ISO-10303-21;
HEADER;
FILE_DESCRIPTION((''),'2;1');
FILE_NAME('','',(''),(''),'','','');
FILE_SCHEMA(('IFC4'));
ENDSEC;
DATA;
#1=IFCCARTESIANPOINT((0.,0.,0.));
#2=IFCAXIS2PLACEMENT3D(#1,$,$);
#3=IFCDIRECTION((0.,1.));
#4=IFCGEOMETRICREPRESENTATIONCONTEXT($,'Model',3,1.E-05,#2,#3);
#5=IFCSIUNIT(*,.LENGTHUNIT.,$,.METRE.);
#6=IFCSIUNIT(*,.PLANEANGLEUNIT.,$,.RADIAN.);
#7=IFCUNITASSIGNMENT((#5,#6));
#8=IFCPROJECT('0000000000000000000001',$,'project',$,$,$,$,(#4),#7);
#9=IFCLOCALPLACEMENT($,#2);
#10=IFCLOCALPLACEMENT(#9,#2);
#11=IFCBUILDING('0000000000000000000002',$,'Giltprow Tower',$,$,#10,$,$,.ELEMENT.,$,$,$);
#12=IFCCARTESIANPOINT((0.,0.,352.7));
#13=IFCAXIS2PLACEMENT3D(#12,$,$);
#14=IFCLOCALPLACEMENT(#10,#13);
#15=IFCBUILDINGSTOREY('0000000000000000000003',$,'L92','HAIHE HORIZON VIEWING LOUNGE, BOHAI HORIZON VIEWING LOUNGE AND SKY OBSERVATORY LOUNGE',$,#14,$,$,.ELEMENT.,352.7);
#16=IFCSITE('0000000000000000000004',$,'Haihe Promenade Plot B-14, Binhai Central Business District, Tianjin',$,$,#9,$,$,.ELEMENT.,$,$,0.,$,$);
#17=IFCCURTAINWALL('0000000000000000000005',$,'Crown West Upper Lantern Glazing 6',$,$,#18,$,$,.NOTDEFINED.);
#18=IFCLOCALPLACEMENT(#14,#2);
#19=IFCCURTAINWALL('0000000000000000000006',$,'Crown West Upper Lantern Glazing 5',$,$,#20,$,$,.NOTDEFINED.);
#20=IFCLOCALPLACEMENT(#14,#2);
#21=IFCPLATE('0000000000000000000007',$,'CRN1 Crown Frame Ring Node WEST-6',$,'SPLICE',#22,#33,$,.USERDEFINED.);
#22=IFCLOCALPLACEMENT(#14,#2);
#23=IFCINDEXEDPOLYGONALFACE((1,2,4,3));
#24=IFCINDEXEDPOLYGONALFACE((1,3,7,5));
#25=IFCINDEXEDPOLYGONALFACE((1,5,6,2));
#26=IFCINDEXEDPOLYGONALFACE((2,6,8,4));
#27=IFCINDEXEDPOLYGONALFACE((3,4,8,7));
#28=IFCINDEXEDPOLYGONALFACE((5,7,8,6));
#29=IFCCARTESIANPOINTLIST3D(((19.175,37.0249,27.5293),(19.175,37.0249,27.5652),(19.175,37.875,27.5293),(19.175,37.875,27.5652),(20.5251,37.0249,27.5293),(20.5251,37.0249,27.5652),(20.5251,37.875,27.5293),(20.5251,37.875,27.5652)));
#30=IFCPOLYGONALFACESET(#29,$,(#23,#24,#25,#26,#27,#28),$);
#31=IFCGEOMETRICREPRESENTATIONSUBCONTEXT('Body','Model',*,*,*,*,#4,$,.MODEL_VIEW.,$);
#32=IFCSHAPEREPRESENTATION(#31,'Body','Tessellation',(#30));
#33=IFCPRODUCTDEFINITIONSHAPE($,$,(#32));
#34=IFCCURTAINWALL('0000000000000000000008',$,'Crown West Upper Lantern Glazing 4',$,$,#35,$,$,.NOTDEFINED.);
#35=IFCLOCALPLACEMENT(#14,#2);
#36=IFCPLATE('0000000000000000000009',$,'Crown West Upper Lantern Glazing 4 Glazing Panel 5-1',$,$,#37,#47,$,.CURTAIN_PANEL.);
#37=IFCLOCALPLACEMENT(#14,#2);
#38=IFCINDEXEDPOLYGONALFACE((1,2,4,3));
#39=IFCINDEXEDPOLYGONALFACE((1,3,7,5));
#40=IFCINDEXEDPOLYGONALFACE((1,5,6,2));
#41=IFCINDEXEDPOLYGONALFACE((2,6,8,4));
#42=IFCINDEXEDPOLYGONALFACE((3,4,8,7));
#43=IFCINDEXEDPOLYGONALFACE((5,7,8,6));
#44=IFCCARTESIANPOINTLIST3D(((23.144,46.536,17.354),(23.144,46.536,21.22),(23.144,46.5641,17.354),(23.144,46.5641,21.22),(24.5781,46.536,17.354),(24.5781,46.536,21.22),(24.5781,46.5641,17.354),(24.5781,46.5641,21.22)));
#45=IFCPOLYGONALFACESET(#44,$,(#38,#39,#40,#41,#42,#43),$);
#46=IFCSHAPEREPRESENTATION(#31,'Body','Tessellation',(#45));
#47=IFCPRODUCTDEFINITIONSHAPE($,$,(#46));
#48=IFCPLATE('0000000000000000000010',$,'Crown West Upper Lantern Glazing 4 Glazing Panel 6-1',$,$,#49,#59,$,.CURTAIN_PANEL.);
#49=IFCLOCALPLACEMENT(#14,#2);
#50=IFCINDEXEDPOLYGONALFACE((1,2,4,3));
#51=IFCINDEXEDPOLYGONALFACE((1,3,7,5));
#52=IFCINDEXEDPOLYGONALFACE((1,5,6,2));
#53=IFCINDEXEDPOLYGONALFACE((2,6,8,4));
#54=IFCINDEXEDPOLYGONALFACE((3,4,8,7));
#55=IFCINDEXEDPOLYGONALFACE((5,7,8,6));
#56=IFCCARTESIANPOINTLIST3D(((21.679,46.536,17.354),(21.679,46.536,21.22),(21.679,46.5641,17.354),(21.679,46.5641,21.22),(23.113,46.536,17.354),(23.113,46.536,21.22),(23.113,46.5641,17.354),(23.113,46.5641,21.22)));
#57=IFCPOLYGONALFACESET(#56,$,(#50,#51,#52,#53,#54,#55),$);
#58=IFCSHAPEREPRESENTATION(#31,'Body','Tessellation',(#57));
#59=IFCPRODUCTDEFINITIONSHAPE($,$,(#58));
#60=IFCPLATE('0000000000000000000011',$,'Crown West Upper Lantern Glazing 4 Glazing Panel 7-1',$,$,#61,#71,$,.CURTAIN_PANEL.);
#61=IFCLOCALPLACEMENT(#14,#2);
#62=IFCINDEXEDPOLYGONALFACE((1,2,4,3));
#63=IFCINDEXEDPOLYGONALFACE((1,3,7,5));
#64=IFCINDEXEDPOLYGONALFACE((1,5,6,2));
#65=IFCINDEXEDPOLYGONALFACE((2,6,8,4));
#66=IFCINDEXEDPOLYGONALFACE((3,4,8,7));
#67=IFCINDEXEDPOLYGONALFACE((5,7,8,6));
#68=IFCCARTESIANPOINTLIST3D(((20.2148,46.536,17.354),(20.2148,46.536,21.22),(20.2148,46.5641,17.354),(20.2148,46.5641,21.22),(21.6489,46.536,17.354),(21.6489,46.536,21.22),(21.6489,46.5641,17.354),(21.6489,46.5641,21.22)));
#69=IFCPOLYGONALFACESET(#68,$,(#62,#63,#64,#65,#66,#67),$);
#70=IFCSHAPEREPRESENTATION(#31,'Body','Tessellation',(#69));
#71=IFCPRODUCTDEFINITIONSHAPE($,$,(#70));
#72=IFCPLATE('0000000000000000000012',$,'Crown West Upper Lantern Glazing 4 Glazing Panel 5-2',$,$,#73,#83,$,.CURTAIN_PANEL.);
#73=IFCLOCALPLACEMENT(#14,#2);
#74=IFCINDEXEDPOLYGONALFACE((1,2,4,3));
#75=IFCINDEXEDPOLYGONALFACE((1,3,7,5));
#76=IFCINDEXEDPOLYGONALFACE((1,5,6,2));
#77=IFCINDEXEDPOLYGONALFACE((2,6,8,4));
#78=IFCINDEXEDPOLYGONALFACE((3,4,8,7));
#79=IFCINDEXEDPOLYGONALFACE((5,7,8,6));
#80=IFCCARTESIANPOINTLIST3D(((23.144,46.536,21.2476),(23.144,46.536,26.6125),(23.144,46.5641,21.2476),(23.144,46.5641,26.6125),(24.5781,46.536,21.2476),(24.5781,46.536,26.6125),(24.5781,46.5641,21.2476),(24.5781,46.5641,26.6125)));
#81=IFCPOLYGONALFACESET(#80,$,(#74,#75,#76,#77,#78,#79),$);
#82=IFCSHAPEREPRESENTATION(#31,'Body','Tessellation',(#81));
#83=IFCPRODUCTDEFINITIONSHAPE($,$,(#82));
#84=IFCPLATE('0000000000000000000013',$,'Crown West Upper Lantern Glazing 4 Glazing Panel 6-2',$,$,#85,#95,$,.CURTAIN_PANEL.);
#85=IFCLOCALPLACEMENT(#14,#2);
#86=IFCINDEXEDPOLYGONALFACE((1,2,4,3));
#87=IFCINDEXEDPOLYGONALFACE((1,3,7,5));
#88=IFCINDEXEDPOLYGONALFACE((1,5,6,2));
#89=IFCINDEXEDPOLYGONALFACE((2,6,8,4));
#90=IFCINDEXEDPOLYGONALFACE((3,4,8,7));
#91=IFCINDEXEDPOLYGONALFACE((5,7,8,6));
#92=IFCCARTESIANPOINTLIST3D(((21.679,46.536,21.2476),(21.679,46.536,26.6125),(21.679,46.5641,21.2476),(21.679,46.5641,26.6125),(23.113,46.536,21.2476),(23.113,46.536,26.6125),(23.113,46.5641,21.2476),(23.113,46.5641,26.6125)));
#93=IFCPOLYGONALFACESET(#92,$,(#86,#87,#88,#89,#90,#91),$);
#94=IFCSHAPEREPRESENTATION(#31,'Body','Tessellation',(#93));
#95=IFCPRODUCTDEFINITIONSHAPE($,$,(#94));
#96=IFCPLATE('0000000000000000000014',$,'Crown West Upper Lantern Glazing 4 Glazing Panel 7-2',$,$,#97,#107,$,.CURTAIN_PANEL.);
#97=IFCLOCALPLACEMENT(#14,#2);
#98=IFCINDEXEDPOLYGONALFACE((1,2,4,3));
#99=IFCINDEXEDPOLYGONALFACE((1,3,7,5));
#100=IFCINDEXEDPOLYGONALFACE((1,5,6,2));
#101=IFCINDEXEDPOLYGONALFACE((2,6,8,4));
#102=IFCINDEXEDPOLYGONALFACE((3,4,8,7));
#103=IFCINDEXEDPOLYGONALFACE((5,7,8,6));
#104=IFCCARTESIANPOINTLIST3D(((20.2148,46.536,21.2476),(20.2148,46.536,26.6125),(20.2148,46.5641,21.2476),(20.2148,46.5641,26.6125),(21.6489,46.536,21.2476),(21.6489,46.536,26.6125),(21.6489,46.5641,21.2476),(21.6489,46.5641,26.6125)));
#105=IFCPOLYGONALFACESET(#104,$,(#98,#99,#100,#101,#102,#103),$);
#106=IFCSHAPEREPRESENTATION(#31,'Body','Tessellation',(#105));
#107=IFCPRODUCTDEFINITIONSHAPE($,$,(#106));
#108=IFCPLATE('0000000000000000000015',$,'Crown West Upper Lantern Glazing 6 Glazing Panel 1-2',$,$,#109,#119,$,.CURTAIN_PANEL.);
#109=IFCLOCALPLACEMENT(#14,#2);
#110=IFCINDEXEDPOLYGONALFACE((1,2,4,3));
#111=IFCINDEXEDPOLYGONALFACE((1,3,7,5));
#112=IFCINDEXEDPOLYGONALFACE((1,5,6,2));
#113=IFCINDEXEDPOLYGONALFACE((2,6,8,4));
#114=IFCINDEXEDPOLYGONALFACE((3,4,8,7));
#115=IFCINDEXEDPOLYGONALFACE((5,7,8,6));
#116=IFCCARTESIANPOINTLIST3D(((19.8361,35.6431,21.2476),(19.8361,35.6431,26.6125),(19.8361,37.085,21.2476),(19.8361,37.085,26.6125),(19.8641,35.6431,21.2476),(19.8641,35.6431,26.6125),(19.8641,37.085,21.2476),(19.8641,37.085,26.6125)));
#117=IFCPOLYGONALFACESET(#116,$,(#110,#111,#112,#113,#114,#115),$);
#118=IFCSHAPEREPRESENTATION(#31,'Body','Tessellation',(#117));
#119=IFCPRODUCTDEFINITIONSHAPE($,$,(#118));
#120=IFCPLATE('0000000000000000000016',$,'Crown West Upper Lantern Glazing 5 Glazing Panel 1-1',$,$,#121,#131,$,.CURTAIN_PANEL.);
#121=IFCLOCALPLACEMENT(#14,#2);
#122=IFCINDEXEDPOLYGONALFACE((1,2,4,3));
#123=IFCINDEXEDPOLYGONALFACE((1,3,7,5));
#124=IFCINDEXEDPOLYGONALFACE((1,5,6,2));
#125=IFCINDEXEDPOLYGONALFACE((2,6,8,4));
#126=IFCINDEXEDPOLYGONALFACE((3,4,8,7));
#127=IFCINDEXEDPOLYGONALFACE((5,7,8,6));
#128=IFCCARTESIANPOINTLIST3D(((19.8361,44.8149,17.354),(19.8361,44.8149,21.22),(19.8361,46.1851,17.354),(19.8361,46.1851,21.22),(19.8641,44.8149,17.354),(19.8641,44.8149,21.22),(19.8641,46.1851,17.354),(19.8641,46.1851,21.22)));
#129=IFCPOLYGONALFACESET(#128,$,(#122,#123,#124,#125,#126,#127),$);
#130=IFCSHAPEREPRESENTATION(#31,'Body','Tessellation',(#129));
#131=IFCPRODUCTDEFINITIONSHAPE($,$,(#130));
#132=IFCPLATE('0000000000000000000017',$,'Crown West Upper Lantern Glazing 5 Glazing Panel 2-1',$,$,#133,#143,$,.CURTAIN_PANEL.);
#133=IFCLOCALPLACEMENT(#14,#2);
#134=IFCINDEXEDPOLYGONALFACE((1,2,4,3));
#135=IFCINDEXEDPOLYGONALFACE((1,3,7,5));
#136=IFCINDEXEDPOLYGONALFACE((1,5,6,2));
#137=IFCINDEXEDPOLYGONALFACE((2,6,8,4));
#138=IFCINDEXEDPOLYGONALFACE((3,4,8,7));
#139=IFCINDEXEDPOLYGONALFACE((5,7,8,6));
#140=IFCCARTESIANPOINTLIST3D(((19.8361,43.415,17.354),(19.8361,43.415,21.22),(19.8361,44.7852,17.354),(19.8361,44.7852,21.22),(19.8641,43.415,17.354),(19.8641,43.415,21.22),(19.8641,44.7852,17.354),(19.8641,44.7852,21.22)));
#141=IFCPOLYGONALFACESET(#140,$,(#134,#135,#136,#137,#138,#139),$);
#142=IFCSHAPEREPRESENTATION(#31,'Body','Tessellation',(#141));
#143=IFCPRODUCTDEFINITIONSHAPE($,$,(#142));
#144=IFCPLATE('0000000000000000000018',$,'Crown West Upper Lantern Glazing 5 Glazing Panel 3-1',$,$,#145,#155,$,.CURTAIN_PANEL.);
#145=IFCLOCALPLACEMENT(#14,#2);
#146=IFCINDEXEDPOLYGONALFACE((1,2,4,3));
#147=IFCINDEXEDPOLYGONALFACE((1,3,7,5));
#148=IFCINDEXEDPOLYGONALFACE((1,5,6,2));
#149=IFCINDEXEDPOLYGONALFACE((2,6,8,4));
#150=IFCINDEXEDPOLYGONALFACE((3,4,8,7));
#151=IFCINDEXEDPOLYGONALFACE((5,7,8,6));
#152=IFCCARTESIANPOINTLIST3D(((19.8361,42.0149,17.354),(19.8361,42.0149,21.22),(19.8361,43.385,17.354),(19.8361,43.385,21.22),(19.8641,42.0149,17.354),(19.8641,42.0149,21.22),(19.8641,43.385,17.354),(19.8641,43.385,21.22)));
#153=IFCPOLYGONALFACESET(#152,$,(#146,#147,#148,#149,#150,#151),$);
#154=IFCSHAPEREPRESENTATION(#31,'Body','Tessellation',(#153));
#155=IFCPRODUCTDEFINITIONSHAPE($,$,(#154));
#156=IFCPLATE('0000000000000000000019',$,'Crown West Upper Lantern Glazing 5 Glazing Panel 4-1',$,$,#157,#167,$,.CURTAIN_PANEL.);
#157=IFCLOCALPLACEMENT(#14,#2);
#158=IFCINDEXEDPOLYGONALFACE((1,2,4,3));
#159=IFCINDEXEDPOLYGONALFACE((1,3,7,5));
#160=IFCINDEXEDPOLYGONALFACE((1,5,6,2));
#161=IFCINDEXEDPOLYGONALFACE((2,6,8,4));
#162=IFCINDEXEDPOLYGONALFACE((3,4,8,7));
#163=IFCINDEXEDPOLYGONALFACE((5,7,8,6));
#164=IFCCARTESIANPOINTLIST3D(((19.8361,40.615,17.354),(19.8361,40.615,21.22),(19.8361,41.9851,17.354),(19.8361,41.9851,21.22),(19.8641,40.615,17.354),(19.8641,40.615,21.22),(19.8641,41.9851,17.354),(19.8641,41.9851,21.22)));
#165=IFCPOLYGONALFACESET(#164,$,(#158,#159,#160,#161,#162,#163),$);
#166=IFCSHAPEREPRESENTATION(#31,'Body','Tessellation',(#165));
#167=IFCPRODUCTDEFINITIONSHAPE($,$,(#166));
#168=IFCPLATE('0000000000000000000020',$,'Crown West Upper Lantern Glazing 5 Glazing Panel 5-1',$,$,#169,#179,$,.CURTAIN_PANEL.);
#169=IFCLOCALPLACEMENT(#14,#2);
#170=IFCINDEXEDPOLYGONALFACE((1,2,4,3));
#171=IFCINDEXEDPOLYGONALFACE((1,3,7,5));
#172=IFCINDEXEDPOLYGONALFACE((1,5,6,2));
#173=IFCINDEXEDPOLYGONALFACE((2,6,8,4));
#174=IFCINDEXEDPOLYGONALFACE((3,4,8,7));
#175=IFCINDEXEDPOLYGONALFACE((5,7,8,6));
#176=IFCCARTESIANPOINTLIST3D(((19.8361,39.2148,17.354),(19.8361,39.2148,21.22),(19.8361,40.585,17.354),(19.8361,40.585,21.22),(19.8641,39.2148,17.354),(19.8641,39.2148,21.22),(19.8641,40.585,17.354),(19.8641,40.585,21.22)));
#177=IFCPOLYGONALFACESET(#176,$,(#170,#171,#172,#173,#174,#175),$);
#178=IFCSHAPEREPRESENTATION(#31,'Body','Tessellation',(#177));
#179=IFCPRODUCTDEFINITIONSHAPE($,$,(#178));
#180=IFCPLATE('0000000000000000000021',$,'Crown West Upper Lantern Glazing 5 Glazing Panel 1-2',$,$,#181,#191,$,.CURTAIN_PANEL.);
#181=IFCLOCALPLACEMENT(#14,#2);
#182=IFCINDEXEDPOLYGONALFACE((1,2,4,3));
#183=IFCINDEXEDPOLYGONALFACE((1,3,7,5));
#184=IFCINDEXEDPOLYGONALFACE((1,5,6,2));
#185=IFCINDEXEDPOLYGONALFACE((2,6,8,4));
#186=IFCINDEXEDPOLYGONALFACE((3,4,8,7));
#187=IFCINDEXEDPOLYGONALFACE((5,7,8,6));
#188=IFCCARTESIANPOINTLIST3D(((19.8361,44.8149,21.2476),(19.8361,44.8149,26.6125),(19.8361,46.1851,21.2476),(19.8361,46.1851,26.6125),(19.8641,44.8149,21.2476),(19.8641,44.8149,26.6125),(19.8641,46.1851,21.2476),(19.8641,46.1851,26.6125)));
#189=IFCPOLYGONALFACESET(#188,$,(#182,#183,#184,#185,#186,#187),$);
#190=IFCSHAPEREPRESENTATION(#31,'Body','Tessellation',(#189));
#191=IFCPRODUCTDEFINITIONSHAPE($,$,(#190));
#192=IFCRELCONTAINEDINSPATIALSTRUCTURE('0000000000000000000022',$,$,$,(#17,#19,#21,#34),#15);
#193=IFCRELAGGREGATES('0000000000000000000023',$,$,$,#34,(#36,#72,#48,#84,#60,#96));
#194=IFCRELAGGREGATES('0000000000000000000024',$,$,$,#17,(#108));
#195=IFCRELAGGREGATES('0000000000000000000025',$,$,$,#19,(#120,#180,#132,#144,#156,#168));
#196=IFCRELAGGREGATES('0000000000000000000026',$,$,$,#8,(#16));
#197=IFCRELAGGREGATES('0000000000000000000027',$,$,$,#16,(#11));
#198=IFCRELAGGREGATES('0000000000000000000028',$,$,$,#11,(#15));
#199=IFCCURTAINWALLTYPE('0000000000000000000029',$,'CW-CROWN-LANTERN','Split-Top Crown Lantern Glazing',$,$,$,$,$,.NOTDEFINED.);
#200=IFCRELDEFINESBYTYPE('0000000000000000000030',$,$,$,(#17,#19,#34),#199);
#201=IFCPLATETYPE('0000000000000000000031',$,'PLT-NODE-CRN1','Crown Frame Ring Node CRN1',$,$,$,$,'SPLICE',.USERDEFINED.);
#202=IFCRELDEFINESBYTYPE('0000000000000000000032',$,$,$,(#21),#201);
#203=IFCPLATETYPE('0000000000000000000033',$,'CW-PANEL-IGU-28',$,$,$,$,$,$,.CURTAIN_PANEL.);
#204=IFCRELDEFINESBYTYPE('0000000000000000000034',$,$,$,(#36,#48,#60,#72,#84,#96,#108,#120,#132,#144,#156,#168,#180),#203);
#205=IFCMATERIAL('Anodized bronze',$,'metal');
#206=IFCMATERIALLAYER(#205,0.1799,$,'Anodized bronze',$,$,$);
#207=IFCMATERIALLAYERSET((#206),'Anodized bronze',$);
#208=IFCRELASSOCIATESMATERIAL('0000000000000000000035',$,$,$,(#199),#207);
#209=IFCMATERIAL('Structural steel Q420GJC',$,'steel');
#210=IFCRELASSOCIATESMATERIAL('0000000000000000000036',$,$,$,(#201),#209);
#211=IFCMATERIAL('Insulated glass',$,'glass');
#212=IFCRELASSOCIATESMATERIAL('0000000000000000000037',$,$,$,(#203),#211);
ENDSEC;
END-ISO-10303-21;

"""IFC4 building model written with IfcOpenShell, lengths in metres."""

from ifc_helpers import new_model, si_unit, direction, frame, origin, origin_2d, place, context, subcontext, project, spatial, rectangle, extrude, source, transform, mapped, material, layer, layer_set, type_object, element, aggregate, save


model = new_model("IFC4")

# Units and contexts
model_context = context("Model", 3, precision=1e-05, world=origin(), true_north=direction((0.0, 1.0)))
body_context = subcontext(model_context, "Body", "Model", "MODEL_VIEW")
ifc_project = project(units=[si_unit("LENGTHUNIT", "METRE"), si_unit("PLANEANGLEUNIT", "RADIAN")], contexts=[model_context])

# Site, building, storey
site_placement = place(None, origin())
site = spatial("IfcSite", under=ifc_project, at=site_placement, Name="Haihe Promenade Plot B-14, Binhai Central Business District, Tianjin", CompositionType="ELEMENT", RefElevation=0.0)
building_placement = place(site_placement, origin())
building = spatial("IfcBuilding", under=site, at=building_placement, Name="Giltprow Tower", CompositionType="ELEMENT")
storey_placement = place(building_placement, frame((0.0, 0.0, 352.7)))
storey = spatial("IfcBuildingStorey", under=building, at=storey_placement, Name="L92", Description="HAIHE HORIZON VIEWING LOUNGE, BOHAI HORIZON VIEWING LOUNGE AND SKY OBSERVATORY LOUNGE", CompositionType="ELEMENT", Elevation=352.7)

# Curtain walls
ifc_material_1 = material(Name="Anodized bronze", Category="metal")
ifc_layer = layer(ifc_material_1, 0.1799, Name="Anodized bronze")
ifc_layer_set = layer_set([ifc_layer], Name="Anodized bronze")
curtain_wall_type = type_object("IfcCurtainWallType", Name="CW-CROWN-LANTERN", Description="Split-Top Crown Lantern Glazing", PredefinedType="NOTDEFINED", material=ifc_layer_set)
curtain_wall_1_placement = place(storey_placement, origin())
curtain_wall_1 = element("IfcCurtainWall", 1, at=curtain_wall_1_placement, inside=storey, type_object=curtain_wall_type, Name="Crown West Upper Lantern Glazing 6", PredefinedType="NOTDEFINED")
curtain_wall_2_placement = place(storey_placement, origin())
curtain_wall_2 = element("IfcCurtainWall", 2, at=curtain_wall_2_placement, inside=storey, type_object=curtain_wall_type, Name="Crown West Upper Lantern Glazing 5", PredefinedType="NOTDEFINED")

# Plate
ifc_material_2 = material(Name="Structural steel Q420GJC", Category="steel")
plate_type_1 = type_object("IfcPlateType", Name="PLT-NODE-CRN1", Description="Crown Frame Ring Node CRN1", ElementType="SPLICE", PredefinedType="USERDEFINED", material=ifc_material_2)
shared_shape_1 = source(origin(), body_context, "Body", "SweptSolid", [
    extrude(rectangle(XDim=1.3501, YDim=0.8501, at=origin_2d()), origin(), (0.0, 0.0, 1.0), 0.0359),
])
for number, where, z_axis, x_axis, name in (
    (3, (19.8501, 37.45, 27.5293), (0.0, 0.0, 1.0), (1.0, 0.0, 0.0), "CRN1 Crown Frame Ring Node WEST-6"),
):
    element("IfcPlate", number, at=place(storey_placement, frame(where, z_axis=z_axis, x_axis=x_axis)), inside=storey, type_object=plate_type_1, Name=name, ObjectType="SPLICE", PredefinedType="USERDEFINED", context=body_context, shape_type="MappedRepresentation", body=[
        mapped(shared_shape_1, transform((0.0, 0.0, 0.0), x_axis=(1.0, 0.0, 0.0), y_axis=(0.0, 1.0, 0.0), z_axis=(0.0, 0.0, 1.0), scale=1.0)),
    ])

# Curtain wall, plates
curtain_wall_3_placement = place(storey_placement, origin())
curtain_wall_3 = element("IfcCurtainWall", 4, at=curtain_wall_3_placement, inside=storey, type_object=curtain_wall_type, Name="Crown West Upper Lantern Glazing 4", PredefinedType="NOTDEFINED")
ifc_material_3 = material(Name="Insulated glass", Category="glass")
plate_type_2 = type_object("IfcPlateType", Name="CW-PANEL-IGU-28", PredefinedType="CURTAIN_PANEL", material=ifc_material_3)
shared_shape_2 = source(origin(), body_context, "Body", "SweptSolid", [
    extrude(rectangle(XDim=1.4341, YDim=0.0281, at=origin_2d()), origin(), (0.0, 0.0, 1.0), 3.866),
])
plate_1_placement = place(storey_placement, frame((23.8611, 46.55, 17.354), z_axis=(0.0, 0.0, 1.0), x_axis=(-1.0, 0.0, 0.0)))
plate_1 = element("IfcPlate", 5, at=plate_1_placement, type_object=plate_type_2, Name="Crown West Upper Lantern Glazing 4 Glazing Panel 5-1", PredefinedType="CURTAIN_PANEL", context=body_context, shape_type="MappedRepresentation", body=[
    mapped(shared_shape_2, transform((0.0, 0.0, 0.0), x_axis=(1.0, 0.0, 0.0), y_axis=(0.0, 1.0, 0.0), z_axis=(0.0, 0.0, 1.0), scale=1.0)),
])
plate_2_placement = place(storey_placement, frame((22.396, 46.55, 17.354), z_axis=(0.0, 0.0, 1.0), x_axis=(-1.0, 0.0, 0.0)))
plate_2 = element("IfcPlate", 6, at=plate_2_placement, type_object=plate_type_2, Name="Crown West Upper Lantern Glazing 4 Glazing Panel 6-1", PredefinedType="CURTAIN_PANEL", context=body_context, shape_type="MappedRepresentation", body=[
    mapped(shared_shape_2, transform((0.0, 0.0, 0.0), x_axis=(1.0, 0.0, 0.0), y_axis=(0.0, 1.0, 0.0), z_axis=(0.0, 0.0, 1.0), scale=1.0)),
])
plate_3_placement = place(storey_placement, frame((20.9319, 46.55, 17.354), z_axis=(0.0, 0.0, 1.0), x_axis=(-1.0, 0.0, 0.0)))
plate_3 = element("IfcPlate", 7, at=plate_3_placement, type_object=plate_type_2, Name="Crown West Upper Lantern Glazing 4 Glazing Panel 7-1", PredefinedType="CURTAIN_PANEL", context=body_context, shape_type="MappedRepresentation", body=[
    mapped(shared_shape_2, transform((0.0, 0.0, 0.0), x_axis=(1.0, 0.0, 0.0), y_axis=(0.0, 1.0, 0.0), z_axis=(0.0, 0.0, 1.0), scale=1.0)),
])
shared_shape_3 = source(origin(), body_context, "Body", "SweptSolid", [
    extrude(rectangle(XDim=1.4341, YDim=0.0281, at=origin_2d()), origin(), (0.0, 0.0, 1.0), 5.365),
])
plate_4_placement = place(storey_placement, frame((23.8611, 46.55, 21.2476), z_axis=(0.0, 0.0, 1.0), x_axis=(-1.0, 0.0, 0.0)))
plate_4 = element("IfcPlate", 8, at=plate_4_placement, type_object=plate_type_2, Name="Crown West Upper Lantern Glazing 4 Glazing Panel 5-2", PredefinedType="CURTAIN_PANEL", context=body_context, shape_type="MappedRepresentation", body=[
    mapped(shared_shape_3, transform((0.0, 0.0, 0.0), x_axis=(1.0, 0.0, 0.0), y_axis=(0.0, 1.0, 0.0), z_axis=(0.0, 0.0, 1.0), scale=1.0)),
])
plate_5_placement = place(storey_placement, frame((22.396, 46.55, 21.2476), z_axis=(0.0, 0.0, 1.0), x_axis=(-1.0, 0.0, 0.0)))
plate_5 = element("IfcPlate", 9, at=plate_5_placement, type_object=plate_type_2, Name="Crown West Upper Lantern Glazing 4 Glazing Panel 6-2", PredefinedType="CURTAIN_PANEL", context=body_context, shape_type="MappedRepresentation", body=[
    mapped(shared_shape_3, transform((0.0, 0.0, 0.0), x_axis=(1.0, 0.0, 0.0), y_axis=(0.0, 1.0, 0.0), z_axis=(0.0, 0.0, 1.0), scale=1.0)),
])
plate_6_placement = place(storey_placement, frame((20.9319, 46.55, 21.2476), z_axis=(0.0, 0.0, 1.0), x_axis=(-1.0, 0.0, 0.0)))
plate_6 = element("IfcPlate", 10, at=plate_6_placement, type_object=plate_type_2, Name="Crown West Upper Lantern Glazing 4 Glazing Panel 7-2", PredefinedType="CURTAIN_PANEL", context=body_context, shape_type="MappedRepresentation", body=[
    mapped(shared_shape_3, transform((0.0, 0.0, 0.0), x_axis=(1.0, 0.0, 0.0), y_axis=(0.0, 1.0, 0.0), z_axis=(0.0, 0.0, 1.0), scale=1.0)),
])
aggregate(curtain_wall_3, [plate_1, plate_4, plate_2, plate_5, plate_3, plate_6])

# Plates
shared_shape_4 = source(origin(), body_context, "Body", "SweptSolid", [
    extrude(rectangle(XDim=1.4419, YDim=0.0281, at=origin_2d()), origin(), (0.0, 0.0, 1.0), 5.365),
])
plate_7_placement = place(storey_placement, frame((19.8501, 36.364, 21.2476), z_axis=(0.0, 0.0, 1.0), x_axis=(0.0, -1.0, 0.0)))
plate_7 = element("IfcPlate", 11, at=plate_7_placement, type_object=plate_type_2, Name="Crown West Upper Lantern Glazing 6 Glazing Panel 1-2", PredefinedType="CURTAIN_PANEL", context=body_context, shape_type="MappedRepresentation", body=[
    mapped(shared_shape_4, transform((0.0, 0.0, 0.0), x_axis=(1.0, 0.0, 0.0), y_axis=(0.0, 1.0, 0.0), z_axis=(0.0, 0.0, 1.0), scale=1.0)),
])
aggregate(curtain_wall_1, [plate_7])
shared_shape_5 = source(origin(), body_context, "Body", "SweptSolid", [
    extrude(rectangle(XDim=1.3701, YDim=0.0281, at=origin_2d()), origin(), (0.0, 0.0, 1.0), 3.866),
])
plate_8_placement = place(storey_placement, frame((19.8501, 45.5, 17.354), z_axis=(0.0, 0.0, 1.0), x_axis=(0.0, -1.0, 0.0)))
plate_8 = element("IfcPlate", 12, at=plate_8_placement, type_object=plate_type_2, Name="Crown West Upper Lantern Glazing 5 Glazing Panel 1-1", PredefinedType="CURTAIN_PANEL", context=body_context, shape_type="MappedRepresentation", body=[
    mapped(shared_shape_5, transform((0.0, 0.0, 0.0), x_axis=(1.0, 0.0, 0.0), y_axis=(0.0, 1.0, 0.0), z_axis=(0.0, 0.0, 1.0), scale=1.0)),
])
plate_9_placement = place(storey_placement, frame((19.8501, 44.1001, 17.354), z_axis=(0.0, 0.0, 1.0), x_axis=(0.0, -1.0, 0.0)))
plate_9 = element("IfcPlate", 13, at=plate_9_placement, type_object=plate_type_2, Name="Crown West Upper Lantern Glazing 5 Glazing Panel 2-1", PredefinedType="CURTAIN_PANEL", context=body_context, shape_type="MappedRepresentation", body=[
    mapped(shared_shape_5, transform((0.0, 0.0, 0.0), x_axis=(1.0, 0.0, 0.0), y_axis=(0.0, 1.0, 0.0), z_axis=(0.0, 0.0, 1.0), scale=1.0)),
])
plate_10_placement = place(storey_placement, frame((19.8501, 42.7, 17.354), z_axis=(0.0, 0.0, 1.0), x_axis=(0.0, -1.0, 0.0)))
plate_10 = element("IfcPlate", 14, at=plate_10_placement, type_object=plate_type_2, Name="Crown West Upper Lantern Glazing 5 Glazing Panel 3-1", PredefinedType="CURTAIN_PANEL", context=body_context, shape_type="MappedRepresentation", body=[
    mapped(shared_shape_5, transform((0.0, 0.0, 0.0), x_axis=(1.0, 0.0, 0.0), y_axis=(0.0, 1.0, 0.0), z_axis=(0.0, 0.0, 1.0), scale=1.0)),
])
plate_11_placement = place(storey_placement, frame((19.8501, 41.3, 17.354), z_axis=(0.0, 0.0, 1.0), x_axis=(0.0, -1.0, 0.0)))
plate_11 = element("IfcPlate", 15, at=plate_11_placement, type_object=plate_type_2, Name="Crown West Upper Lantern Glazing 5 Glazing Panel 4-1", PredefinedType="CURTAIN_PANEL", context=body_context, shape_type="MappedRepresentation", body=[
    mapped(shared_shape_5, transform((0.0, 0.0, 0.0), x_axis=(1.0, 0.0, 0.0), y_axis=(0.0, 1.0, 0.0), z_axis=(0.0, 0.0, 1.0), scale=1.0)),
])
plate_12_placement = place(storey_placement, frame((19.8501, 39.8999, 17.354), z_axis=(0.0, 0.0, 1.0), x_axis=(0.0, -1.0, 0.0)))
plate_12 = element("IfcPlate", 16, at=plate_12_placement, type_object=plate_type_2, Name="Crown West Upper Lantern Glazing 5 Glazing Panel 5-1", PredefinedType="CURTAIN_PANEL", context=body_context, shape_type="MappedRepresentation", body=[
    mapped(shared_shape_5, transform((0.0, 0.0, 0.0), x_axis=(1.0, 0.0, 0.0), y_axis=(0.0, 1.0, 0.0), z_axis=(0.0, 0.0, 1.0), scale=1.0)),
])
shared_shape_6 = source(origin(), body_context, "Body", "SweptSolid", [
    extrude(rectangle(XDim=1.3701, YDim=0.0281, at=origin_2d()), origin(), (0.0, 0.0, 1.0), 5.365),
])
plate_13_placement = place(storey_placement, frame((19.8501, 45.5, 21.2476), z_axis=(0.0, 0.0, 1.0), x_axis=(0.0, -1.0, 0.0)))
plate_13 = element("IfcPlate", 17, at=plate_13_placement, type_object=plate_type_2, Name="Crown West Upper Lantern Glazing 5 Glazing Panel 1-2", PredefinedType="CURTAIN_PANEL", context=body_context, shape_type="MappedRepresentation", body=[
    mapped(shared_shape_6, transform((0.0, 0.0, 0.0), x_axis=(1.0, 0.0, 0.0), y_axis=(0.0, 1.0, 0.0), z_axis=(0.0, 0.0, 1.0), scale=1.0)),
])
aggregate(curtain_wall_2, [plate_8, plate_13, plate_9, plate_10, plate_11, plate_12])

save(model, "model.ifc")
